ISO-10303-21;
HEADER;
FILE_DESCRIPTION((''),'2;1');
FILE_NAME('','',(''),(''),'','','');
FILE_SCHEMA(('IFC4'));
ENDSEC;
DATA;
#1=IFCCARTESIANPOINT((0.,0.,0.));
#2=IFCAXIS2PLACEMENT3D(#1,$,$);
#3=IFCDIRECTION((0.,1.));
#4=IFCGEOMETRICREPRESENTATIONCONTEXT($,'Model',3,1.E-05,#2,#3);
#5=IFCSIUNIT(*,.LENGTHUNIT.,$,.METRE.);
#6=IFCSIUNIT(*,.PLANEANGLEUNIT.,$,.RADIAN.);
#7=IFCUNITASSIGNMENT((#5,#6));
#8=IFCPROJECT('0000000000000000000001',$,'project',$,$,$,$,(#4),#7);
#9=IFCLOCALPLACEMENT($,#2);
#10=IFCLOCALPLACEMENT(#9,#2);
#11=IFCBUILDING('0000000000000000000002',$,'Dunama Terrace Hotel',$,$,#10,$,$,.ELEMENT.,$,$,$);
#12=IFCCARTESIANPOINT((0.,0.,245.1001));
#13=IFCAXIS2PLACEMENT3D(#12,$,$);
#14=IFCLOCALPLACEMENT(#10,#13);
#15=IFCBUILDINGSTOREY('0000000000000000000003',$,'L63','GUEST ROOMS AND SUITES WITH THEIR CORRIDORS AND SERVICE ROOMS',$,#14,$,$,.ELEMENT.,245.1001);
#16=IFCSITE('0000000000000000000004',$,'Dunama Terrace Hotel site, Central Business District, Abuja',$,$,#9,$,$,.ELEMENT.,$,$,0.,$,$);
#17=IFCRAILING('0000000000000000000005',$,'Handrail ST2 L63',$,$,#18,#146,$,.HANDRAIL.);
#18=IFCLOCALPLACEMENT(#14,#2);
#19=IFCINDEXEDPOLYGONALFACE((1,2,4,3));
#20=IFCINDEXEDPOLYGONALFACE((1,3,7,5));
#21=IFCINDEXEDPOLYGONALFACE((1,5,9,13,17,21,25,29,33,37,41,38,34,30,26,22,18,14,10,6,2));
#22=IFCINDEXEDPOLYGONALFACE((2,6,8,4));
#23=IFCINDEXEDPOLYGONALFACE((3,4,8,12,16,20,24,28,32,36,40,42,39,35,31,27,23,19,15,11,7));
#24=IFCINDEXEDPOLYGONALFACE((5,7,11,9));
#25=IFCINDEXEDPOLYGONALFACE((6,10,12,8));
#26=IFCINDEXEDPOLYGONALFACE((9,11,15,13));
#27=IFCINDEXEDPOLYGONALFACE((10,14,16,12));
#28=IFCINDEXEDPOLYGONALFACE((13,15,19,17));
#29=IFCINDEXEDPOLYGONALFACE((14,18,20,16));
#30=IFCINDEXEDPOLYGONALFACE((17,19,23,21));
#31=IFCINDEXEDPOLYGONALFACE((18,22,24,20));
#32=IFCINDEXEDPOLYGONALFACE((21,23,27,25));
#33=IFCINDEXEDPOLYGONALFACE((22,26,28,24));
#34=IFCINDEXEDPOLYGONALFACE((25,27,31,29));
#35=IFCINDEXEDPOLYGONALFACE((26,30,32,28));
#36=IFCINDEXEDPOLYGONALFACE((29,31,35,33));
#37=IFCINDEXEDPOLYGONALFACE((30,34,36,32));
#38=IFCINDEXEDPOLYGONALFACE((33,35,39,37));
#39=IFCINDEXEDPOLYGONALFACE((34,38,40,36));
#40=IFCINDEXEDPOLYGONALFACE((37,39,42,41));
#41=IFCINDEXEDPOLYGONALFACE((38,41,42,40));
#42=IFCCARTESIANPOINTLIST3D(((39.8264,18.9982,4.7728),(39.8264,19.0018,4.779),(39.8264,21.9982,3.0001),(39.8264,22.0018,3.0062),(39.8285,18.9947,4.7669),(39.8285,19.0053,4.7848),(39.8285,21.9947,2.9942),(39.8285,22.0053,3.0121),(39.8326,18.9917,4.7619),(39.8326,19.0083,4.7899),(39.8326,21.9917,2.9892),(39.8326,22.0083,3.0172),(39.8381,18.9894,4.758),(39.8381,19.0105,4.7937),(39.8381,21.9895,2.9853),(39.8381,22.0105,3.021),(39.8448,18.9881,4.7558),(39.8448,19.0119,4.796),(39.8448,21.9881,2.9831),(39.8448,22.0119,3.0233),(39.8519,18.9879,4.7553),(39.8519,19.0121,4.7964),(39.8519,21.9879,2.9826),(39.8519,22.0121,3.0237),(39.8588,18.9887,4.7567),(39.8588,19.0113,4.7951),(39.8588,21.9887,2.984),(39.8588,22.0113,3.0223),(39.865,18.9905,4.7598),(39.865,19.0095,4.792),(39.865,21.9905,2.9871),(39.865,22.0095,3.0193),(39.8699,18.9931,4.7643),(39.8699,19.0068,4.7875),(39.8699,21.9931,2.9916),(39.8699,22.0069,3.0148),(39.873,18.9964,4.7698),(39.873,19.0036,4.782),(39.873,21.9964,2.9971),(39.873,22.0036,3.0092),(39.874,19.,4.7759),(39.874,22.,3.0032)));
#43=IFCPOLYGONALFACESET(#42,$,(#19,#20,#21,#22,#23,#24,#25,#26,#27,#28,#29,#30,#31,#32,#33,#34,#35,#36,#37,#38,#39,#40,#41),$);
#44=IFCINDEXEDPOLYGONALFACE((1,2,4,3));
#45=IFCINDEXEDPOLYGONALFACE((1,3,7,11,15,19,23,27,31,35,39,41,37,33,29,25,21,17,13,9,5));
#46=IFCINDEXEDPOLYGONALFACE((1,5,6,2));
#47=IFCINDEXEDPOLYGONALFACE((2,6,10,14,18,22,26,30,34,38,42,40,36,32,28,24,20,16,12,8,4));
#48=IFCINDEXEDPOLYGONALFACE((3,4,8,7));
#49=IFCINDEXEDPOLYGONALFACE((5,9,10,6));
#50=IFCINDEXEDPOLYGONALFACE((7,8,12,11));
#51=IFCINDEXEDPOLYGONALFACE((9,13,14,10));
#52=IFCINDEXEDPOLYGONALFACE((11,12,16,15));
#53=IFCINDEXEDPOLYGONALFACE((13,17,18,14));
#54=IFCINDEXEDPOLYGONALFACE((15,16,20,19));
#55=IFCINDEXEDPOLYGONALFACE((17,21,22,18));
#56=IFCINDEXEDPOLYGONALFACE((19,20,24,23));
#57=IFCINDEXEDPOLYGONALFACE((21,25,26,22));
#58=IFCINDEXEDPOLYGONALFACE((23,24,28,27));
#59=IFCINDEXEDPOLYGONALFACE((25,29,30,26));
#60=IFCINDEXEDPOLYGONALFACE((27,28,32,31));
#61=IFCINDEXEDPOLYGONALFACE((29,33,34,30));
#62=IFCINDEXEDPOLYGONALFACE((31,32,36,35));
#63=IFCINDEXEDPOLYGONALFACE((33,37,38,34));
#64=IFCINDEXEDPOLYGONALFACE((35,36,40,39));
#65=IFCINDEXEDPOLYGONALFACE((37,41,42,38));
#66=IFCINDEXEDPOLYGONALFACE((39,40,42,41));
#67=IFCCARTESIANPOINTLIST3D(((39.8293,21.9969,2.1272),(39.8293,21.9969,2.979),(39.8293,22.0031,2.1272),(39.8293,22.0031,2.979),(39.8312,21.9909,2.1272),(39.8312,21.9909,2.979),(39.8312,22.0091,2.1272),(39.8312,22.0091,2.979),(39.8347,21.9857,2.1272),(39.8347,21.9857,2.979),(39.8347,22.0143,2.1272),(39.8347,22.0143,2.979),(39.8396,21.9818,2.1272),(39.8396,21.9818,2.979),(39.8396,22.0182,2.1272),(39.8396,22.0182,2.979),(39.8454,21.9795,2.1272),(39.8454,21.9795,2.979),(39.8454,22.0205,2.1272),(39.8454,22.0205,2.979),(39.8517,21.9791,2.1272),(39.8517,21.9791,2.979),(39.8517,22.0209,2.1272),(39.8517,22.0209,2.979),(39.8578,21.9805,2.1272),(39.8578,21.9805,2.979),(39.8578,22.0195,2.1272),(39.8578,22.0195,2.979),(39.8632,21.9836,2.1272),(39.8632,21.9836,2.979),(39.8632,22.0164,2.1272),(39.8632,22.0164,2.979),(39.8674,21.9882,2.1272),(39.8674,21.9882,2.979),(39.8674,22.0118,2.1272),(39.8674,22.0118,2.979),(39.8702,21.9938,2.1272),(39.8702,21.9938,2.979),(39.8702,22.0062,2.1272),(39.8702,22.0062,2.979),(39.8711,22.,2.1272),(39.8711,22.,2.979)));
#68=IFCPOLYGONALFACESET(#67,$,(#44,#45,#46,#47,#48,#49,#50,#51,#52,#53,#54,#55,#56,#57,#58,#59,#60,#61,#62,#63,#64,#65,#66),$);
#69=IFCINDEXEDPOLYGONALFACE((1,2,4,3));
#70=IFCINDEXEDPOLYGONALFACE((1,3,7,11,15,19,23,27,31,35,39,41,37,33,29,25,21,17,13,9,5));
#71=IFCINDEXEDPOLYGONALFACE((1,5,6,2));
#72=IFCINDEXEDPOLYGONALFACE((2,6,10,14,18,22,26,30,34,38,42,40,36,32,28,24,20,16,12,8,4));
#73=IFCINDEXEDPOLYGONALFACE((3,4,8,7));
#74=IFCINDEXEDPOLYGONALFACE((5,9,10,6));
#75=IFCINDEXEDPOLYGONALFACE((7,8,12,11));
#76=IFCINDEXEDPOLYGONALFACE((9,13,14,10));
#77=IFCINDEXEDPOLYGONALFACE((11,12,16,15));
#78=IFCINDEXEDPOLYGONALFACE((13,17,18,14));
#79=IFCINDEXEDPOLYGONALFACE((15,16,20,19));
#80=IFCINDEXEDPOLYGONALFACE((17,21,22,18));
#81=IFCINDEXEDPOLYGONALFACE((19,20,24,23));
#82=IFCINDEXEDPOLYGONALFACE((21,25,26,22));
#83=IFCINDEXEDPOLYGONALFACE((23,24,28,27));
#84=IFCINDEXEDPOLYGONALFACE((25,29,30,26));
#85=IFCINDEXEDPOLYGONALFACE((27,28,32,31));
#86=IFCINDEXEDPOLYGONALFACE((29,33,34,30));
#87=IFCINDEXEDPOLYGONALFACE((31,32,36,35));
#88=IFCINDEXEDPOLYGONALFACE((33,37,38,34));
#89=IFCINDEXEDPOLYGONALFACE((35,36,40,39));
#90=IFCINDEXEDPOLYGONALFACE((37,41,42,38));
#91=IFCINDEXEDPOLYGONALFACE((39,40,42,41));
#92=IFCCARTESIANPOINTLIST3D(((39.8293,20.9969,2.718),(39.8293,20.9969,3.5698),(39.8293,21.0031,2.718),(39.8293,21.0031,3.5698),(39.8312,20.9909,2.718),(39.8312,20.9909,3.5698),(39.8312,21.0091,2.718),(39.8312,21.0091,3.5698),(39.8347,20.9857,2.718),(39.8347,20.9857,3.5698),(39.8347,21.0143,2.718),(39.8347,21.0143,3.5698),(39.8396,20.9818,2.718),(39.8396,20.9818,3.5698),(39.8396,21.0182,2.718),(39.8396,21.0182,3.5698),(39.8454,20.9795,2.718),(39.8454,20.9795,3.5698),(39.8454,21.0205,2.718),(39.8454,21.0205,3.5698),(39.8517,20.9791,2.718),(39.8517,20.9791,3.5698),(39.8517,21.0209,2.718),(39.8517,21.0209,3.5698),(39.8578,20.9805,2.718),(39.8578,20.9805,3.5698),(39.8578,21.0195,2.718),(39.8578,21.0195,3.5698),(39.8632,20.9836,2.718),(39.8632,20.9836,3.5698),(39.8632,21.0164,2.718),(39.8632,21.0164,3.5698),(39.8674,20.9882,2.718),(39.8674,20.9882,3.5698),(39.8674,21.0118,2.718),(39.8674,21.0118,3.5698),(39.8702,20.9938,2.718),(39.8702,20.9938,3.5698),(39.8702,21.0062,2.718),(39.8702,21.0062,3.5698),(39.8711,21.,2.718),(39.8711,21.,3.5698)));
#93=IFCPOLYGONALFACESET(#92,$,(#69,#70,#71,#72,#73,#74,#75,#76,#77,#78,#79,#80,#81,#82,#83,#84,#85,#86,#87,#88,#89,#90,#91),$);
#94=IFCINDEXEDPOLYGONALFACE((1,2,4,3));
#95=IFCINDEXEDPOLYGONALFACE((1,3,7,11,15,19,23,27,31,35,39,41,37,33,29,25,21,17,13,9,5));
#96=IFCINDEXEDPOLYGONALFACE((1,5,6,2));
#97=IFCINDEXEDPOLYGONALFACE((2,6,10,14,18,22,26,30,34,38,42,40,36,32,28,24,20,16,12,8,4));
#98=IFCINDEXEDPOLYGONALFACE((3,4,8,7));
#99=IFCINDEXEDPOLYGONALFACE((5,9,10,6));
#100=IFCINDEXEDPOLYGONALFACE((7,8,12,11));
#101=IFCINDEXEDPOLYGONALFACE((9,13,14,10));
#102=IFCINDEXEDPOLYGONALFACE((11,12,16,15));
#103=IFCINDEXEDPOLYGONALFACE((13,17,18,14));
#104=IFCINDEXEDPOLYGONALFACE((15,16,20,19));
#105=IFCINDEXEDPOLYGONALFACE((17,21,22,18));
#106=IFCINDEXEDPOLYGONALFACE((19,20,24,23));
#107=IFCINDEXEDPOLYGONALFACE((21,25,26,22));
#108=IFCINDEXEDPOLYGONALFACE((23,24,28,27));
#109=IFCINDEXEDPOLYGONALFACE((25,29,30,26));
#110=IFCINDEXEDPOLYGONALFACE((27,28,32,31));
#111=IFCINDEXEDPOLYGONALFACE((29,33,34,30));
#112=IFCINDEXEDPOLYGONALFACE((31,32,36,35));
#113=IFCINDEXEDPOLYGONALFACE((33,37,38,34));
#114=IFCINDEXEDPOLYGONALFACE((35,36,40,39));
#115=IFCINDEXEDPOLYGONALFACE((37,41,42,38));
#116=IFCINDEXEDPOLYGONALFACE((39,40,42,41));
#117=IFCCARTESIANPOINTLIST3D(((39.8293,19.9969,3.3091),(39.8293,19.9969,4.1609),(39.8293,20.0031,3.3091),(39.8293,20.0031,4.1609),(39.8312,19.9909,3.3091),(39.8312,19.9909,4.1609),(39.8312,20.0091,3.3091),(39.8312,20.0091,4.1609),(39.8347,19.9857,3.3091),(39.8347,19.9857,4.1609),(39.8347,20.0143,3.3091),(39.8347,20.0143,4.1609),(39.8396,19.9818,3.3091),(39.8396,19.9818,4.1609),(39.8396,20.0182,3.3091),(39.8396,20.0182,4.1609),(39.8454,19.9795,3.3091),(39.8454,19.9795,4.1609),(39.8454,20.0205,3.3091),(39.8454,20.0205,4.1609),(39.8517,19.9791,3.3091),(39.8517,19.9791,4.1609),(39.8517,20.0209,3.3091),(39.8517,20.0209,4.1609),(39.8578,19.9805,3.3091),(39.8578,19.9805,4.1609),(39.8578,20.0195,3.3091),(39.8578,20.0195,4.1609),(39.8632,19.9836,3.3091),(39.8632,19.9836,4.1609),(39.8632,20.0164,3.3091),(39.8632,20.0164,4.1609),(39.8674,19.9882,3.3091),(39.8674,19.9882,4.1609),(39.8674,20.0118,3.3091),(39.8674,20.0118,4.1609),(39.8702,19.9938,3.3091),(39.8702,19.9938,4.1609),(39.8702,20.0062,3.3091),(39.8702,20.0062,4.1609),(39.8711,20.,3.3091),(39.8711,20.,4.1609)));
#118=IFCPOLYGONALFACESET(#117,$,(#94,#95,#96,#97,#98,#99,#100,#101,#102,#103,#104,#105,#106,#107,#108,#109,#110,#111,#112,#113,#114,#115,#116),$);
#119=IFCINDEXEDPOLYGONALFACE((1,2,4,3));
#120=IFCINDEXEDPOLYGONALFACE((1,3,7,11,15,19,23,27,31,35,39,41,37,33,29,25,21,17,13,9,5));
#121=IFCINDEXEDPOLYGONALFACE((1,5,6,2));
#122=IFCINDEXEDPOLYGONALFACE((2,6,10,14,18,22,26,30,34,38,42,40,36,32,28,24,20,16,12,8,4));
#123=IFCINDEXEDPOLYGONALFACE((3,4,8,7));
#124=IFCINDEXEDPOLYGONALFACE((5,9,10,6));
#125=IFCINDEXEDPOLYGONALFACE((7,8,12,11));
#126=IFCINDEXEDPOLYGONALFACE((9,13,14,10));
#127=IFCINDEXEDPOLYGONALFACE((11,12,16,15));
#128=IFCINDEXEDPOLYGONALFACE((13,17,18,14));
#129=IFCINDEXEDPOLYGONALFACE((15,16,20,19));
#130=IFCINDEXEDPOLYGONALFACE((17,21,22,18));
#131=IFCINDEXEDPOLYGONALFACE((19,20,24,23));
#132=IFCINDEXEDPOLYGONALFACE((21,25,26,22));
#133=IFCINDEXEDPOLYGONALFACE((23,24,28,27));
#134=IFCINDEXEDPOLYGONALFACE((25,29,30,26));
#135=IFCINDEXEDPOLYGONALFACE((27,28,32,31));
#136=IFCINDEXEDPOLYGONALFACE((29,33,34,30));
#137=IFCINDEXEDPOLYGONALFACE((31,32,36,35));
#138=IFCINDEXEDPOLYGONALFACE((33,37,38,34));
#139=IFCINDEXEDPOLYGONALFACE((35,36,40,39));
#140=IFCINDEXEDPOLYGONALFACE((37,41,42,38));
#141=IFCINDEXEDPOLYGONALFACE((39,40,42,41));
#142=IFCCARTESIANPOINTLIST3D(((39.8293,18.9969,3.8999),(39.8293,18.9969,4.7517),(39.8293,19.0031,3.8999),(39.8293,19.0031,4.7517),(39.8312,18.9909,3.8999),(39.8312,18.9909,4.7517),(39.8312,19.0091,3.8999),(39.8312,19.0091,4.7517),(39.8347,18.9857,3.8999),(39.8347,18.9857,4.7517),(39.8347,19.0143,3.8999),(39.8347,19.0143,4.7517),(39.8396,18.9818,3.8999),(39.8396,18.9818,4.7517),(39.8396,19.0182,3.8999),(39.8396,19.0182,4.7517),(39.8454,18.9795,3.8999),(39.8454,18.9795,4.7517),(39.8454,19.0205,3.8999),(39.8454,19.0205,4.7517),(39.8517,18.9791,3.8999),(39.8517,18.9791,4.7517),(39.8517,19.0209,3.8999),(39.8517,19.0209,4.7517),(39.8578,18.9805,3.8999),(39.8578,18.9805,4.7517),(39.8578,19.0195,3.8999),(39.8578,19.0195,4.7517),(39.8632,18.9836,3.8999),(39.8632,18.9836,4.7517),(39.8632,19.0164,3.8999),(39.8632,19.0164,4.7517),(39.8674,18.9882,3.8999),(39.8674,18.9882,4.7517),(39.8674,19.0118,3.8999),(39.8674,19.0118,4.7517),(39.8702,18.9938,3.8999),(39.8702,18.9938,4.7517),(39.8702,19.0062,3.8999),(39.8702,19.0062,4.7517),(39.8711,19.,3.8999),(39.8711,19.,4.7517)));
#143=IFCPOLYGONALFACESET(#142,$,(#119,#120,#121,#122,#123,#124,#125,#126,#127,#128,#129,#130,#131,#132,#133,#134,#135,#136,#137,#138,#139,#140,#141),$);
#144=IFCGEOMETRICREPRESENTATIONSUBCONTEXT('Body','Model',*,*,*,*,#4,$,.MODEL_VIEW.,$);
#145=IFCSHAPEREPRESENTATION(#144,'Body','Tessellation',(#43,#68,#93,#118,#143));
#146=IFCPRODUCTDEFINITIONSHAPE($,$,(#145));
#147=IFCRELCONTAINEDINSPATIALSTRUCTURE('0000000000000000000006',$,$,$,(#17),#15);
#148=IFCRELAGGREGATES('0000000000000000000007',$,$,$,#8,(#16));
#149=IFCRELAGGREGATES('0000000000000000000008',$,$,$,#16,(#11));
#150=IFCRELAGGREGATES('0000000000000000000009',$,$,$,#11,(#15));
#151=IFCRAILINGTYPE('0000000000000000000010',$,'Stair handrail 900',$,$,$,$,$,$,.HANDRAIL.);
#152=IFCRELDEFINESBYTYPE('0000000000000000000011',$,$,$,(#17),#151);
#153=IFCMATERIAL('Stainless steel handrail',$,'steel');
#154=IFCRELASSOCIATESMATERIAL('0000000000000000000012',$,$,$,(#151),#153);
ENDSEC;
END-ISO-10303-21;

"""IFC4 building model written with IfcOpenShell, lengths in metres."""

from ifc_helpers import new_model, si_unit, direction, frame, origin, origin_2d, place, context, subcontext, project, spatial, circle, extrude, material, type_object, element, save


model = new_model("IFC4")

# Units and contexts
model_context = context("Model", 3, precision=1e-05, world=origin(), true_north=direction((0.0, 1.0)))
body_context = subcontext(model_context, "Body", "Model", "MODEL_VIEW")
ifc_project = project(units=[si_unit("LENGTHUNIT", "METRE"), si_unit("PLANEANGLEUNIT", "RADIAN")], contexts=[model_context])

# Site, building, storey
site_placement = place(None, origin())
site = spatial("IfcSite", under=ifc_project, at=site_placement, Name="Dunama Terrace Hotel site, Central Business District, Abuja", CompositionType="ELEMENT", RefElevation=0.0)
building_placement = place(site_placement, origin())
building = spatial("IfcBuilding", under=site, at=building_placement, Name="Dunama Terrace Hotel", CompositionType="ELEMENT")
storey_placement = place(building_placement, frame((0.0, 0.0, 245.1001)))
storey = spatial("IfcBuildingStorey", under=building, at=storey_placement, Name="L63", Description="GUEST ROOMS AND SUITES WITH THEIR CORRIDORS AND SERVICE ROOMS", CompositionType="ELEMENT", Elevation=245.1001)

# Railing
ifc_material_1 = material(Name="Stainless steel handrail", Category="steel")
railing_type_1 = type_object("IfcRailingType", Name="Stair handrail 900", PredefinedType="HANDRAIL", material=ifc_material_1)
railing_1_placement = place(storey_placement, frame((39.8501, 22.0, 2.1272)))
element("IfcRailing", 1, at=railing_1_placement, inside=storey, type_object=railing_type_1, Name="Handrail ST2 L63", PredefinedType="HANDRAIL", context=body_context, shape_type="SweptSolid", body=[
    extrude(circle(Radius=0.0239, at=origin_2d()), frame((0.0, 0.0, 0.876), z_axis=(0.0, -0.860929, 0.508725), x_axis=(1.0, 0.0, 0.0)), (0.0, 0.0, 1.0), 3.4846),
    extrude(circle(Radius=0.021, at=origin_2d()), origin(), (0.0, 0.0, 1.0), 0.8518),
    extrude(circle(Radius=0.021, at=origin_2d()), frame((0.0, -1.0, 0.5908)), (0.0, 0.0, 1.0), 0.8518),
    extrude(circle(Radius=0.021, at=origin_2d()), frame((0.0, -2.0, 1.1819)), (0.0, 0.0, 1.0), 0.8518),
    extrude(circle(Radius=0.021, at=origin_2d()), frame((0.0, -3.0, 1.7727)), (0.0, 0.0, 1.0), 0.8518),
])

save(model, "model.ifc")
